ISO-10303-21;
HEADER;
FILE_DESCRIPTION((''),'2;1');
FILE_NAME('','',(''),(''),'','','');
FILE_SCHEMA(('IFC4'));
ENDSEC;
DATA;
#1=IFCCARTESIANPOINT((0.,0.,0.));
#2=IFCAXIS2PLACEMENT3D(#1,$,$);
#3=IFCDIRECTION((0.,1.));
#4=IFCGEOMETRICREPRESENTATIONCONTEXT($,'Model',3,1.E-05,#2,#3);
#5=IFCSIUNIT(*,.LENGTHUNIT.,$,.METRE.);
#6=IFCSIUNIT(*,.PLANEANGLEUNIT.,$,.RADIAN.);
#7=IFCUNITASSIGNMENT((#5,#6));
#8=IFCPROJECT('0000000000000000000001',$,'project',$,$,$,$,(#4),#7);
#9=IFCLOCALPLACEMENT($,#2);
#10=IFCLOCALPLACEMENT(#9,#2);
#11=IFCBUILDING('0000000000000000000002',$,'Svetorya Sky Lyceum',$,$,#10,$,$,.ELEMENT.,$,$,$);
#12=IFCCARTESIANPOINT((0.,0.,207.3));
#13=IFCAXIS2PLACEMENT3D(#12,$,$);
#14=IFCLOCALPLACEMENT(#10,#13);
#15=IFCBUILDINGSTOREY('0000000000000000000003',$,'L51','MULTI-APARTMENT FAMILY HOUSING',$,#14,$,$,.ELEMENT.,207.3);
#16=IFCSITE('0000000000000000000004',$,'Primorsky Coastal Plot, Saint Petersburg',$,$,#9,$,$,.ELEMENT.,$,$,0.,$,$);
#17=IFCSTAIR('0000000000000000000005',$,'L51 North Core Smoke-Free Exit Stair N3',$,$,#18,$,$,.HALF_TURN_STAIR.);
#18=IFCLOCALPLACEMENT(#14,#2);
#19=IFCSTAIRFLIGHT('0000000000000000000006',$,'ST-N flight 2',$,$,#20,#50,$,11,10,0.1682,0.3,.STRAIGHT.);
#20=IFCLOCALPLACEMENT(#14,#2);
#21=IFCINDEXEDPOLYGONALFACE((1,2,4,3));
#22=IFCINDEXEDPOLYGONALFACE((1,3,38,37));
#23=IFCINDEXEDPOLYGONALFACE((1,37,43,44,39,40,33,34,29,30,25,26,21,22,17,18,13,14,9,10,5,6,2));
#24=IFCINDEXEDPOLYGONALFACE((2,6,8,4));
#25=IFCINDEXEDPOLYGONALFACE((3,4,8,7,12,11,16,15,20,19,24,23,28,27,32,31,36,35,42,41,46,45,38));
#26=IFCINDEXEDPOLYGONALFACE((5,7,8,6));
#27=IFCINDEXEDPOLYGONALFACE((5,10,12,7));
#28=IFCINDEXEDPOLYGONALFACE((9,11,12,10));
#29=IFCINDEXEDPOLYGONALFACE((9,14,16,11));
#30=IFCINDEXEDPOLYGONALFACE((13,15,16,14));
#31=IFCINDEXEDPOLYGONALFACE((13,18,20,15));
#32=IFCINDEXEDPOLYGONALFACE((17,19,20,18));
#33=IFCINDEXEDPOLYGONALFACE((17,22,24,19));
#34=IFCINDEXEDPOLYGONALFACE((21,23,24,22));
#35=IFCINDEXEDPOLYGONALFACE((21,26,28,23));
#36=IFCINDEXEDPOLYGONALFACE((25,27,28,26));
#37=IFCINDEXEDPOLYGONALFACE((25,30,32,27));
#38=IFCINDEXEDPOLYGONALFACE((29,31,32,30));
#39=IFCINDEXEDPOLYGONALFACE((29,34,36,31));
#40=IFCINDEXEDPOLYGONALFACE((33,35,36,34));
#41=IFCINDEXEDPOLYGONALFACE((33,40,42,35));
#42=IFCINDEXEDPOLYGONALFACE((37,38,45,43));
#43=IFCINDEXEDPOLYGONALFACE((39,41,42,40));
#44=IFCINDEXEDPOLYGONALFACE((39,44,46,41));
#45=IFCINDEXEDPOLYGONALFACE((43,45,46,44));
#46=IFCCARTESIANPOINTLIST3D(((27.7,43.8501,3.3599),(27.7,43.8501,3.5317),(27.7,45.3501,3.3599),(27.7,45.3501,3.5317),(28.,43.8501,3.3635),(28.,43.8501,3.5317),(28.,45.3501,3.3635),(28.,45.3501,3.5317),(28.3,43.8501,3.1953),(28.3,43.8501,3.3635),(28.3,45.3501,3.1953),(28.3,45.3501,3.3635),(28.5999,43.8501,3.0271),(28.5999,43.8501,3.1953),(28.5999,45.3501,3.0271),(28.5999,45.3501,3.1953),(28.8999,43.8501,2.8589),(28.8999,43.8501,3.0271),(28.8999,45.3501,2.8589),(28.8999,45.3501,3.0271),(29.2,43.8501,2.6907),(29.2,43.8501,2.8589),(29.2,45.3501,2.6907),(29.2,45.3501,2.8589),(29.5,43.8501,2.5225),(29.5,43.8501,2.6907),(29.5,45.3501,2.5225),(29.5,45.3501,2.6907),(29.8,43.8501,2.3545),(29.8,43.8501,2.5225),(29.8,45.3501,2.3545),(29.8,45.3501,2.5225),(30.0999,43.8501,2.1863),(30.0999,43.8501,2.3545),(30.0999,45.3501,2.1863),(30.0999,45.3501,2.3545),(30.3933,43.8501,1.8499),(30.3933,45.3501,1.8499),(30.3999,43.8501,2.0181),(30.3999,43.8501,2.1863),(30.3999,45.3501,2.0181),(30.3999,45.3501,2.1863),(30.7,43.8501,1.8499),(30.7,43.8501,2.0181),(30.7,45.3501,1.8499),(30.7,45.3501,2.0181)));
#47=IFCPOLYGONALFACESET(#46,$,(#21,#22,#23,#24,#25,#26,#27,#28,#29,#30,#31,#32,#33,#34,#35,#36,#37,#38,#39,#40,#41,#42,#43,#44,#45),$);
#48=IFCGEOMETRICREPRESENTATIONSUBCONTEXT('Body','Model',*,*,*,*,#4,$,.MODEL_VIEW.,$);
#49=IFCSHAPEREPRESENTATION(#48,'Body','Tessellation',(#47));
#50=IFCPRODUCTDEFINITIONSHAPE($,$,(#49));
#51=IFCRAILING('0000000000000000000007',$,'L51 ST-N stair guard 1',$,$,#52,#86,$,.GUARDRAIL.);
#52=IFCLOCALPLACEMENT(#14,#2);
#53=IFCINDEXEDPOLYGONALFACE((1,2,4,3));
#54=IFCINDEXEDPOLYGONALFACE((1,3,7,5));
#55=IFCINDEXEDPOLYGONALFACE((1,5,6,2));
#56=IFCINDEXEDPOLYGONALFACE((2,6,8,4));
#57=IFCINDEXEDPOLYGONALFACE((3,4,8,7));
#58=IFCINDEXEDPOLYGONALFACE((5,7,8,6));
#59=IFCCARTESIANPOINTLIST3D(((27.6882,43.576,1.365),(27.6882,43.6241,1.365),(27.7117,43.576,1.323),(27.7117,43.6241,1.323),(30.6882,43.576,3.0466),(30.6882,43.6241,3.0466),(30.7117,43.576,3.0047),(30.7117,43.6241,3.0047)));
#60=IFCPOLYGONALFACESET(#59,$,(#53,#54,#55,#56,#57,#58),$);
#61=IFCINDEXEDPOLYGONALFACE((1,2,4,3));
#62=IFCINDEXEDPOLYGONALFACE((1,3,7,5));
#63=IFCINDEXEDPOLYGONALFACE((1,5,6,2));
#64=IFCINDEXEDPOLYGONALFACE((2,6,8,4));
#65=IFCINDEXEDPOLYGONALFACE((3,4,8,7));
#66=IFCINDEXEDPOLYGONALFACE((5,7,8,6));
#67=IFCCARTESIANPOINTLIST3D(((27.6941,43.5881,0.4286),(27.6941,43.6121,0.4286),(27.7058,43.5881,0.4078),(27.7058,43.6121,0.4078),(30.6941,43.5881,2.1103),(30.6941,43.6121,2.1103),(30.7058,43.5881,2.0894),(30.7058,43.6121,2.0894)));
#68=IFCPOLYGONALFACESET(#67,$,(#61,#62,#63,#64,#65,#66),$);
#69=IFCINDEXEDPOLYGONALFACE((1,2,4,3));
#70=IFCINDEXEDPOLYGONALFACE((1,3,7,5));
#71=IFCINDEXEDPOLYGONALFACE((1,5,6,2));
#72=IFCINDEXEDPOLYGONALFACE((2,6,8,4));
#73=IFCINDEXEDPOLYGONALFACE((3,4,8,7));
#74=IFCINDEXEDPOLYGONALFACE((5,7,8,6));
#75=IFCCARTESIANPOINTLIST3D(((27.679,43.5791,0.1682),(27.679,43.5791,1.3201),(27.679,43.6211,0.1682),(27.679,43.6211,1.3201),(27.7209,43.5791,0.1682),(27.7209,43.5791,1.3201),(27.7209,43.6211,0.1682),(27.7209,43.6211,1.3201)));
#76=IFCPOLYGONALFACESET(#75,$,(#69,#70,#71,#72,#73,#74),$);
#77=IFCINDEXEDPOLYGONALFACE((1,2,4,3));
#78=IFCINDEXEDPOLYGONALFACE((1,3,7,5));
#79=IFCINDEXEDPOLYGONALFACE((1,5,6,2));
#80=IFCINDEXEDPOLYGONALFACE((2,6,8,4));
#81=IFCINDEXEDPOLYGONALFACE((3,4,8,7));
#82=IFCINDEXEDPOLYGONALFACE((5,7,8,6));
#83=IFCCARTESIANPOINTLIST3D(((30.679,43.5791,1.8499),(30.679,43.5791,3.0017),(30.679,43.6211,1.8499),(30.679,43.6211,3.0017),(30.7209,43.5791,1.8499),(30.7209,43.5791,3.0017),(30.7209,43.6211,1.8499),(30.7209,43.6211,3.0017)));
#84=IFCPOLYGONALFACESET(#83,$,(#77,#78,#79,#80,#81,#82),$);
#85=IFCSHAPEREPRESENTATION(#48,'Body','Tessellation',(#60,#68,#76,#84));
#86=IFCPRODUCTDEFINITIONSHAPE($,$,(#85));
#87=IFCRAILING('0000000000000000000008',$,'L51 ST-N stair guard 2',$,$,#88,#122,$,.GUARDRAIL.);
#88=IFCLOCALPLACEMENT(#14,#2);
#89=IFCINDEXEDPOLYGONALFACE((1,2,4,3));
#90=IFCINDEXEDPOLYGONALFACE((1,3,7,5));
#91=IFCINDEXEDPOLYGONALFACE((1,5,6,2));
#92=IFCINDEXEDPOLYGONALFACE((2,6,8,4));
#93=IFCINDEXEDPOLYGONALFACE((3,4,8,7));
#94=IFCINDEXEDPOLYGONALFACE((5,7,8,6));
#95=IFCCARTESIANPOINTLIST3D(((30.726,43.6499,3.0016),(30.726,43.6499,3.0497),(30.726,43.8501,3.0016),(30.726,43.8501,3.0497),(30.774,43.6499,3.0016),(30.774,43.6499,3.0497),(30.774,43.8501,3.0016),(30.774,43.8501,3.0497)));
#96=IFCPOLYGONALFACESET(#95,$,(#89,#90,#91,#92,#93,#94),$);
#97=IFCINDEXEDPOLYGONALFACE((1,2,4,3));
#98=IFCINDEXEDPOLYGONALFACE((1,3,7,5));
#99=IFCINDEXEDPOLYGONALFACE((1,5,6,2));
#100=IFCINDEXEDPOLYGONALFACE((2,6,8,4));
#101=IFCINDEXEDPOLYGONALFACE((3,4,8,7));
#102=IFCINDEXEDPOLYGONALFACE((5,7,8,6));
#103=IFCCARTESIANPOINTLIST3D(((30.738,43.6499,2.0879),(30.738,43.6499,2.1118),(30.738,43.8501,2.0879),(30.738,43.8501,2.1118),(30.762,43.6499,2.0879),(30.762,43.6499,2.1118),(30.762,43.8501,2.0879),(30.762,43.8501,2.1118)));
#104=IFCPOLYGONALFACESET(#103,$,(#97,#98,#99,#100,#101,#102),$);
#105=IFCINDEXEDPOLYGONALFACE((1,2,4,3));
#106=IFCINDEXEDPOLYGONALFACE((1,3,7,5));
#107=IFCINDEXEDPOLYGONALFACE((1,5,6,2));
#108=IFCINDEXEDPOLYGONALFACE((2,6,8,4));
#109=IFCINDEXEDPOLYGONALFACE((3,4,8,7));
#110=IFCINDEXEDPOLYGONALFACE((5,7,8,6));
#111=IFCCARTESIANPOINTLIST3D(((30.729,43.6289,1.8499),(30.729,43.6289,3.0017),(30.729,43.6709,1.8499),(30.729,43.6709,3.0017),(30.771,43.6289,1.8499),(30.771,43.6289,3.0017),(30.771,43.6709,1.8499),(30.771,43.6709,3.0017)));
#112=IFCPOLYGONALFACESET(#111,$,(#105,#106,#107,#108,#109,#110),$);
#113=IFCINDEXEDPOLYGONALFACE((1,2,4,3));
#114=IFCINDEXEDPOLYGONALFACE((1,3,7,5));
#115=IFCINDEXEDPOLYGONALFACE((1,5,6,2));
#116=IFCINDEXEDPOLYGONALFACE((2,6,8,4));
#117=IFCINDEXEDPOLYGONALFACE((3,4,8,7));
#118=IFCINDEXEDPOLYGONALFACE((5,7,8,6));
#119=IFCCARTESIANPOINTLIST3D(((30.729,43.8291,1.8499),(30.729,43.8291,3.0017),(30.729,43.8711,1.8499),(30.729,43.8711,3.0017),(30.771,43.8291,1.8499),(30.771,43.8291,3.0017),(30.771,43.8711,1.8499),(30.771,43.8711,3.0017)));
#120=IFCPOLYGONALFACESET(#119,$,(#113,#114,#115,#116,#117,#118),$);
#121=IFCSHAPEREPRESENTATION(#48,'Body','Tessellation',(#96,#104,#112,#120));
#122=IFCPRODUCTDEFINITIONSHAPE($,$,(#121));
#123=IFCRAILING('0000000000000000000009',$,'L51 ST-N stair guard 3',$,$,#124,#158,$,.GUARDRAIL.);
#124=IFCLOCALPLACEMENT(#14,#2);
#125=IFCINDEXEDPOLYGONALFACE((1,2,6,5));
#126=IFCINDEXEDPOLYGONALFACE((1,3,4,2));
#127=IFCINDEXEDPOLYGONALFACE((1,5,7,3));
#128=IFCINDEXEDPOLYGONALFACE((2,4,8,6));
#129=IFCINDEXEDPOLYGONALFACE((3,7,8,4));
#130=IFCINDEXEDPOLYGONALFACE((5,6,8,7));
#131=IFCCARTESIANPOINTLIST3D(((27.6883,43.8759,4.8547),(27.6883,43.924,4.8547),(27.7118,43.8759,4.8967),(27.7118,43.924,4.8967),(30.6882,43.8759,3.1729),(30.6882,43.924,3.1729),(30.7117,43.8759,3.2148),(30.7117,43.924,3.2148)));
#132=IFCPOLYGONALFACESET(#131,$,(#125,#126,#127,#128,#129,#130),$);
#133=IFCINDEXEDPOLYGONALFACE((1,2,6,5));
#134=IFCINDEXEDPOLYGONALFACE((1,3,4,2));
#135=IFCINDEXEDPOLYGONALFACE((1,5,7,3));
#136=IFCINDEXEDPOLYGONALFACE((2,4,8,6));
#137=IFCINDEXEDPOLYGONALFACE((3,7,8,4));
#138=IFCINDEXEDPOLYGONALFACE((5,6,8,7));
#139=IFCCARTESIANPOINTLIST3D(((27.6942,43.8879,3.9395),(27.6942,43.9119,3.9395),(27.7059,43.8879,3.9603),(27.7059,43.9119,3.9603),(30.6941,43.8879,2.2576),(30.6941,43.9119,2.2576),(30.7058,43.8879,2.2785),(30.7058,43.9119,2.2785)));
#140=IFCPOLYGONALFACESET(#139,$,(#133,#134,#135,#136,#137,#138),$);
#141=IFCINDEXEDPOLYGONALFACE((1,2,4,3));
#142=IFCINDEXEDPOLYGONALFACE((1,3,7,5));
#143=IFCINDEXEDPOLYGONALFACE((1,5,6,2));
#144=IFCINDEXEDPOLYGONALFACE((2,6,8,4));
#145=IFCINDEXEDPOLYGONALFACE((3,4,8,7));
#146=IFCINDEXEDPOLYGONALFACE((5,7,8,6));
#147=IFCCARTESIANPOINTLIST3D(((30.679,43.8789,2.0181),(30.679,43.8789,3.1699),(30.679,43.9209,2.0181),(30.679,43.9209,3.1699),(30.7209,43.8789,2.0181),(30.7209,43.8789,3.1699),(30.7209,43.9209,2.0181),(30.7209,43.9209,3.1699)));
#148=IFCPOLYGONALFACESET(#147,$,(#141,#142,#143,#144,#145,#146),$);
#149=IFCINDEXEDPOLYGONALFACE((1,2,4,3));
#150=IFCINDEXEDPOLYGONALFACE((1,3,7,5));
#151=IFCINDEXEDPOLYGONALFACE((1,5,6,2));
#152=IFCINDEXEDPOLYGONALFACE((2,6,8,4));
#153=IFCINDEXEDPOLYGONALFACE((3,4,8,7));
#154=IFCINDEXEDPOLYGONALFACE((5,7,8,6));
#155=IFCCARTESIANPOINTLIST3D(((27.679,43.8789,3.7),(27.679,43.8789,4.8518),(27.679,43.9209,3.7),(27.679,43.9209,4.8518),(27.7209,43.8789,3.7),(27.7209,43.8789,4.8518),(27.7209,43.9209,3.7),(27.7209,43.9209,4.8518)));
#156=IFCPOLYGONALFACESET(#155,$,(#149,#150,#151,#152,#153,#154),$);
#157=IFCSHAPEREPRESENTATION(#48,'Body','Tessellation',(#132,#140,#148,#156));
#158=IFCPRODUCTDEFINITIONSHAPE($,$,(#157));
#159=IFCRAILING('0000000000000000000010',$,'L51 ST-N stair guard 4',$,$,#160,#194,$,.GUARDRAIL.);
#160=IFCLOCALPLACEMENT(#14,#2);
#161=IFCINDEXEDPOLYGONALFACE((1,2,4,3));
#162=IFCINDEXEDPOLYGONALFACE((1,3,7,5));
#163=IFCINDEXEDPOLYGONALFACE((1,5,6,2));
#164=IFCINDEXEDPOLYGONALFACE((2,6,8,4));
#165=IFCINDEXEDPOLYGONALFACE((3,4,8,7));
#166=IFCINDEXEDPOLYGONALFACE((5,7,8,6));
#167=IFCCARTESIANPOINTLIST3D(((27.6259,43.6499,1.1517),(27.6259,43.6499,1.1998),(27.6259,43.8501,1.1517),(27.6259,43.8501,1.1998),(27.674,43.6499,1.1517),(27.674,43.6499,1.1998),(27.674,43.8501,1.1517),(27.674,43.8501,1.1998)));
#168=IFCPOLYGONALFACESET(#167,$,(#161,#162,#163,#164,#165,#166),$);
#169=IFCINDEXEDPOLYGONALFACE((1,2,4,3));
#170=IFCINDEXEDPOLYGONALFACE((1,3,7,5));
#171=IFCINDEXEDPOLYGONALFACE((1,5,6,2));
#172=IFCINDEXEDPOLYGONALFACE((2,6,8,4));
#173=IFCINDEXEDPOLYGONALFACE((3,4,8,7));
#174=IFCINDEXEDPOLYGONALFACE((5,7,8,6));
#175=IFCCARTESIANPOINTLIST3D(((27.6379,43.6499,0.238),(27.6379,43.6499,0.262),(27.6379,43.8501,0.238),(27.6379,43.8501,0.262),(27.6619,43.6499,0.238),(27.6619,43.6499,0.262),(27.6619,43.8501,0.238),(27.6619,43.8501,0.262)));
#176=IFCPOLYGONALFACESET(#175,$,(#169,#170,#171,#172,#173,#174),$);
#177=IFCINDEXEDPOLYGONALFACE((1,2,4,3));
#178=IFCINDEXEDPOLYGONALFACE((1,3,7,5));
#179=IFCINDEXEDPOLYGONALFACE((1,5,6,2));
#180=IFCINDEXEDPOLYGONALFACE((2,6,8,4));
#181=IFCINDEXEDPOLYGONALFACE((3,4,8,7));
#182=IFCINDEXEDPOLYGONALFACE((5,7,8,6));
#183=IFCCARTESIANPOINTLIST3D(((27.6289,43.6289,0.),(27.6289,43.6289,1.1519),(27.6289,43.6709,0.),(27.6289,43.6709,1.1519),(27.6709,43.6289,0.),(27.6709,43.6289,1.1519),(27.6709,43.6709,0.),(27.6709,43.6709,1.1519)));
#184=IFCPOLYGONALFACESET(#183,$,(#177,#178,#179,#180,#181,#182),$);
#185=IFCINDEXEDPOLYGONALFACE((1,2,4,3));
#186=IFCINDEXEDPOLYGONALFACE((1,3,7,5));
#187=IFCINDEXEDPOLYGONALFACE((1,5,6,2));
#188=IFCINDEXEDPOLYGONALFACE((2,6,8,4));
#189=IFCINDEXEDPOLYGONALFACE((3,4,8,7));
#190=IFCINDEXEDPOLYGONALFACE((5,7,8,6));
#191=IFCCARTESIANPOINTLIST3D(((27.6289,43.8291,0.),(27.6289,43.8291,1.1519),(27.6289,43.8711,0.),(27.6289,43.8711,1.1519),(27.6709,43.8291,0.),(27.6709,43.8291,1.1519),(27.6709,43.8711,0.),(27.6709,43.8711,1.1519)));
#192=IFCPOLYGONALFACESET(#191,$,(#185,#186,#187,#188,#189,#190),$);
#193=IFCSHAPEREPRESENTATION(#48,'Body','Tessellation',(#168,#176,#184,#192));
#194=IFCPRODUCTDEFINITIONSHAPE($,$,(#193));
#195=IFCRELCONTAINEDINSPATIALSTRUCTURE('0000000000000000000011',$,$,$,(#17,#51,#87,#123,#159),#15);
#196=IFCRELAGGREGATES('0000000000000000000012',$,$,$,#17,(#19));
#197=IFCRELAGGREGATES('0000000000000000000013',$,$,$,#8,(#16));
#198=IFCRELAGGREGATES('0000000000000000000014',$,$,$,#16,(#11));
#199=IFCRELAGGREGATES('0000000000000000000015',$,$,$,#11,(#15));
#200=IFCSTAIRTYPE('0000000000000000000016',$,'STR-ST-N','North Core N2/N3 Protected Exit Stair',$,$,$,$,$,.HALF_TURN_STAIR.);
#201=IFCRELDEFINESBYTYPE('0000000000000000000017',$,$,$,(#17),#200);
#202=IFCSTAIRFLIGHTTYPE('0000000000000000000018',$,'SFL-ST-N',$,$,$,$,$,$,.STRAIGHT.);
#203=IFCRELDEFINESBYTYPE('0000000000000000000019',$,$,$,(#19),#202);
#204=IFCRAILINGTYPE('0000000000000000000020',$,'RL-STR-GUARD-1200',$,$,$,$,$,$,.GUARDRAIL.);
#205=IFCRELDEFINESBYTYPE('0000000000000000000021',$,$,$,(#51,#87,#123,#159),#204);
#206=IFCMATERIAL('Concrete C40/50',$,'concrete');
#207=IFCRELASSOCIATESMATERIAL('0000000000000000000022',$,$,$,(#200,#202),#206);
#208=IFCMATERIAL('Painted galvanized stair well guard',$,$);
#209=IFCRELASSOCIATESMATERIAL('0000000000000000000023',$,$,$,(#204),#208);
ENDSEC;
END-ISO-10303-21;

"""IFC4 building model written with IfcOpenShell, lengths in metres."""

from ifc_helpers import new_model, si_unit, direction, frame, origin, origin_2d, place, context, subcontext, project, spatial, polyline, rectangle, outline, extrude, material, type_object, element, aggregate, save


model = new_model("IFC4")

# Units and contexts
model_context = context("Model", 3, precision=1e-05, world=origin(), true_north=direction((0.0, 1.0)))
body_context = subcontext(model_context, "Body", "Model", "MODEL_VIEW")
ifc_project = project(units=[si_unit("LENGTHUNIT", "METRE"), si_unit("PLANEANGLEUNIT", "RADIAN")], contexts=[model_context])

# Site, building, storey
site_placement = place(None, origin())
site = spatial("IfcSite", under=ifc_project, at=site_placement, Name="Primorsky Coastal Plot, Saint Petersburg", CompositionType="ELEMENT", RefElevation=0.0)
building_placement = place(site_placement, origin())
building = spatial("IfcBuilding", under=site, at=building_placement, Name="Svetorya Sky Lyceum", CompositionType="ELEMENT")
storey_placement = place(building_placement, frame((0.0, 0.0, 207.3)))
storey = spatial("IfcBuildingStorey", under=building, at=storey_placement, Name="L51", Description="MULTI-APARTMENT FAMILY HOUSING", CompositionType="ELEMENT", Elevation=207.3)

# Stair, stair flight
ifc_material_1 = material(Name="Concrete C40/50", Category="concrete")
stair_type = type_object("IfcStairType", Name="STR-ST-N", Description="North Core N2/N3 Protected Exit Stair", PredefinedType="HALF_TURN_STAIR", material=ifc_material_1)
stair_placement = place(storey_placement, origin())
stair = element("IfcStair", 1, at=stair_placement, inside=storey, type_object=stair_type, Name="L51 North Core Smoke-Free Exit Stair N3", PredefinedType="HALF_TURN_STAIR")
stair_flight_type = type_object("IfcStairFlightType", Name="SFL-ST-N", PredefinedType="STRAIGHT", material=ifc_material_1)
stair_flight_1_placement = place(storey_placement, frame((30.7, 44.6001, 1.8499), z_axis=(0.0, 0.0, 1.0), x_axis=(-1.0, 0.0, 0.0)))
stair_flight_1 = element("IfcStairFlight", 2, at=stair_flight_1_placement, type_object=stair_flight_type, Name="ST-N flight 2", NumberOfRisers=11, NumberOfTreads=10, PredefinedType="STRAIGHT", RiserHeight=0.1682, TreadLength=0.3, context=body_context, shape_type="SweptSolid", body=[
    extrude(outline(polyline([(0.0, 0.0), (0.0, 0.1682), (0.3, 0.1682), (0.3, 0.3364), (0.6001, 0.3364), (0.6001, 0.5046), (0.8999, 0.5046), (0.8999, 0.6726), (1.2, 0.6726), (1.2, 0.8408), (1.5, 0.8408), (1.5, 1.009), (1.8, 1.009), (1.8, 1.1772), (2.1001, 1.1772), (2.1001, 1.3455), (2.3999, 1.3455), (2.3999, 1.5137), (2.7, 1.5137), (2.7, 1.6819), (3.0, 1.6819), (3.0, 1.8501), (3.0, 1.51), (0.3066, 0.0), (0.0, 0.0)])), frame((0.0, 0.75, 0.0), z_axis=(0.0, -1.0, 0.0), x_axis=(1.0, 0.0, 0.0)), (0.0, 0.0, 1.0), 1.5),
])
aggregate(stair, [stair_flight_1])

# Railings
ifc_material_2 = material(Name="Painted galvanized stair well guard")
railing_type_1 = type_object("IfcRailingType", Name="RL-STR-GUARD-1200", PredefinedType="GUARDRAIL", material=ifc_material_2)
railing_1_placement = place(storey_placement, frame((27.7, 43.6001, 0.1682)))
element("IfcRailing", 3, at=railing_1_placement, inside=storey, type_object=railing_type_1, Name="L51 ST-N stair guard 1", PredefinedType="GUARDRAIL", context=body_context, shape_type="SweptSolid", body=[
    extrude(rectangle(XDim=0.0481, YDim=0.0481, at=origin_2d()), frame((0.0, 0.0, 1.1758), z_axis=(0.872303, 0.0, 0.488966), x_axis=(0.0, 1.0, 0.0)), (0.0, 0.0, 1.0), 3.4392),
    extrude(rectangle(XDim=0.0239, YDim=0.0239, at=origin_2d()), frame((0.0, 0.0, 0.25), z_axis=(0.872303, 0.0, 0.488966), x_axis=(0.0, 1.0, 0.0)), (0.0, 0.0, 1.0), 3.4392),
    extrude(rectangle(XDim=0.042, YDim=0.042, at=origin_2d()), origin(), (0.0, 0.0, 1.0), 1.1519),
    extrude(rectangle(XDim=0.042, YDim=0.042, at=origin_2d()), frame((3.0, 0.0, 1.6816)), (0.0, 0.0, 1.0), 1.1519),
])
railing_2_placement = place(storey_placement, frame((30.75, 43.6499, 1.8499)))
element("IfcRailing", 4, at=railing_2_placement, inside=storey, type_object=railing_type_1, Name="L51 ST-N stair guard 2", PredefinedType="GUARDRAIL", context=body_context, shape_type="SweptSolid", body=[
    extrude(rectangle(XDim=0.0481, YDim=0.0481, at=origin_2d()), frame((0.0, 0.0, 1.1758), z_axis=(0.0, 1.0, 0.0), x_axis=(-1.0, 0.0, 0.0)), (0.0, 0.0, 1.0), 0.2002),
    extrude(rectangle(XDim=0.0239, YDim=0.0239, at=origin_2d()), frame((0.0, 0.0, 0.25), z_axis=(0.0, 1.0, 0.0), x_axis=(-1.0, 0.0, 0.0)), (0.0, 0.0, 1.0), 0.2002),
    extrude(rectangle(XDim=0.042, YDim=0.042, at=origin_2d()), origin(), (0.0, 0.0, 1.0), 1.1519),
    extrude(rectangle(XDim=0.042, YDim=0.042, at=origin_2d()), frame((0.0, 0.2002, 0.0)), (0.0, 0.0, 1.0), 1.1519),
])
railing_3_placement = place(storey_placement, frame((30.7, 43.8999, 2.0181)))
element("IfcRailing", 5, at=railing_3_placement, inside=storey, type_object=railing_type_1, Name="L51 ST-N stair guard 3", PredefinedType="GUARDRAIL", context=body_context, shape_type="SweptSolid", body=[
    extrude(rectangle(XDim=0.0481, YDim=0.0481, at=origin_2d()), frame((0.0, 0.0, 1.1758), z_axis=(-0.872272, 0.0, 0.48902), x_axis=(0.0, -1.0, 0.0)), (0.0, 0.0, 1.0), 3.4392),
    extrude(rectangle(XDim=0.0239, YDim=0.0239, at=origin_2d()), frame((0.0, 0.0, 0.25), z_axis=(-0.872272, 0.0, 0.48902), x_axis=(0.0, -1.0, 0.0)), (0.0, 0.0, 1.0), 3.4392),
    extrude(rectangle(XDim=0.042, YDim=0.042, at=origin_2d()), origin(), (0.0, 0.0, 1.0), 1.1519),
    extrude(rectangle(XDim=0.042, YDim=0.042, at=origin_2d()), frame((-3.0, 0.0, 1.6819)), (0.0, 0.0, 1.0), 1.1519),
])
railing_4_placement = place(storey_placement, frame((27.6499, 43.6499, 0.0)))
element("IfcRailing", 6, at=railing_4_placement, inside=storey, type_object=railing_type_1, Name="L51 ST-N stair guard 4", PredefinedType="GUARDRAIL", context=body_context, shape_type="SweptSolid", body=[
    extrude(rectangle(XDim=0.0481, YDim=0.0481, at=origin_2d()), frame((0.0, 0.0, 1.1758), z_axis=(0.0, 1.0, 0.0), x_axis=(-1.0, 0.0, 0.0)), (0.0, 0.0, 1.0), 0.2002),
    extrude(rectangle(XDim=0.0239, YDim=0.0239, at=origin_2d()), frame((0.0, 0.0, 0.25), z_axis=(0.0, 1.0, 0.0), x_axis=(-1.0, 0.0, 0.0)), (0.0, 0.0, 1.0), 0.2002),
    extrude(rectangle(XDim=0.042, YDim=0.042, at=origin_2d()), origin(), (0.0, 0.0, 1.0), 1.1519),
    extrude(rectangle(XDim=0.042, YDim=0.042, at=origin_2d()), frame((0.0, 0.2002, 0.0)), (0.0, 0.0, 1.0), 1.1519),
])

save(model, "model.ifc")
